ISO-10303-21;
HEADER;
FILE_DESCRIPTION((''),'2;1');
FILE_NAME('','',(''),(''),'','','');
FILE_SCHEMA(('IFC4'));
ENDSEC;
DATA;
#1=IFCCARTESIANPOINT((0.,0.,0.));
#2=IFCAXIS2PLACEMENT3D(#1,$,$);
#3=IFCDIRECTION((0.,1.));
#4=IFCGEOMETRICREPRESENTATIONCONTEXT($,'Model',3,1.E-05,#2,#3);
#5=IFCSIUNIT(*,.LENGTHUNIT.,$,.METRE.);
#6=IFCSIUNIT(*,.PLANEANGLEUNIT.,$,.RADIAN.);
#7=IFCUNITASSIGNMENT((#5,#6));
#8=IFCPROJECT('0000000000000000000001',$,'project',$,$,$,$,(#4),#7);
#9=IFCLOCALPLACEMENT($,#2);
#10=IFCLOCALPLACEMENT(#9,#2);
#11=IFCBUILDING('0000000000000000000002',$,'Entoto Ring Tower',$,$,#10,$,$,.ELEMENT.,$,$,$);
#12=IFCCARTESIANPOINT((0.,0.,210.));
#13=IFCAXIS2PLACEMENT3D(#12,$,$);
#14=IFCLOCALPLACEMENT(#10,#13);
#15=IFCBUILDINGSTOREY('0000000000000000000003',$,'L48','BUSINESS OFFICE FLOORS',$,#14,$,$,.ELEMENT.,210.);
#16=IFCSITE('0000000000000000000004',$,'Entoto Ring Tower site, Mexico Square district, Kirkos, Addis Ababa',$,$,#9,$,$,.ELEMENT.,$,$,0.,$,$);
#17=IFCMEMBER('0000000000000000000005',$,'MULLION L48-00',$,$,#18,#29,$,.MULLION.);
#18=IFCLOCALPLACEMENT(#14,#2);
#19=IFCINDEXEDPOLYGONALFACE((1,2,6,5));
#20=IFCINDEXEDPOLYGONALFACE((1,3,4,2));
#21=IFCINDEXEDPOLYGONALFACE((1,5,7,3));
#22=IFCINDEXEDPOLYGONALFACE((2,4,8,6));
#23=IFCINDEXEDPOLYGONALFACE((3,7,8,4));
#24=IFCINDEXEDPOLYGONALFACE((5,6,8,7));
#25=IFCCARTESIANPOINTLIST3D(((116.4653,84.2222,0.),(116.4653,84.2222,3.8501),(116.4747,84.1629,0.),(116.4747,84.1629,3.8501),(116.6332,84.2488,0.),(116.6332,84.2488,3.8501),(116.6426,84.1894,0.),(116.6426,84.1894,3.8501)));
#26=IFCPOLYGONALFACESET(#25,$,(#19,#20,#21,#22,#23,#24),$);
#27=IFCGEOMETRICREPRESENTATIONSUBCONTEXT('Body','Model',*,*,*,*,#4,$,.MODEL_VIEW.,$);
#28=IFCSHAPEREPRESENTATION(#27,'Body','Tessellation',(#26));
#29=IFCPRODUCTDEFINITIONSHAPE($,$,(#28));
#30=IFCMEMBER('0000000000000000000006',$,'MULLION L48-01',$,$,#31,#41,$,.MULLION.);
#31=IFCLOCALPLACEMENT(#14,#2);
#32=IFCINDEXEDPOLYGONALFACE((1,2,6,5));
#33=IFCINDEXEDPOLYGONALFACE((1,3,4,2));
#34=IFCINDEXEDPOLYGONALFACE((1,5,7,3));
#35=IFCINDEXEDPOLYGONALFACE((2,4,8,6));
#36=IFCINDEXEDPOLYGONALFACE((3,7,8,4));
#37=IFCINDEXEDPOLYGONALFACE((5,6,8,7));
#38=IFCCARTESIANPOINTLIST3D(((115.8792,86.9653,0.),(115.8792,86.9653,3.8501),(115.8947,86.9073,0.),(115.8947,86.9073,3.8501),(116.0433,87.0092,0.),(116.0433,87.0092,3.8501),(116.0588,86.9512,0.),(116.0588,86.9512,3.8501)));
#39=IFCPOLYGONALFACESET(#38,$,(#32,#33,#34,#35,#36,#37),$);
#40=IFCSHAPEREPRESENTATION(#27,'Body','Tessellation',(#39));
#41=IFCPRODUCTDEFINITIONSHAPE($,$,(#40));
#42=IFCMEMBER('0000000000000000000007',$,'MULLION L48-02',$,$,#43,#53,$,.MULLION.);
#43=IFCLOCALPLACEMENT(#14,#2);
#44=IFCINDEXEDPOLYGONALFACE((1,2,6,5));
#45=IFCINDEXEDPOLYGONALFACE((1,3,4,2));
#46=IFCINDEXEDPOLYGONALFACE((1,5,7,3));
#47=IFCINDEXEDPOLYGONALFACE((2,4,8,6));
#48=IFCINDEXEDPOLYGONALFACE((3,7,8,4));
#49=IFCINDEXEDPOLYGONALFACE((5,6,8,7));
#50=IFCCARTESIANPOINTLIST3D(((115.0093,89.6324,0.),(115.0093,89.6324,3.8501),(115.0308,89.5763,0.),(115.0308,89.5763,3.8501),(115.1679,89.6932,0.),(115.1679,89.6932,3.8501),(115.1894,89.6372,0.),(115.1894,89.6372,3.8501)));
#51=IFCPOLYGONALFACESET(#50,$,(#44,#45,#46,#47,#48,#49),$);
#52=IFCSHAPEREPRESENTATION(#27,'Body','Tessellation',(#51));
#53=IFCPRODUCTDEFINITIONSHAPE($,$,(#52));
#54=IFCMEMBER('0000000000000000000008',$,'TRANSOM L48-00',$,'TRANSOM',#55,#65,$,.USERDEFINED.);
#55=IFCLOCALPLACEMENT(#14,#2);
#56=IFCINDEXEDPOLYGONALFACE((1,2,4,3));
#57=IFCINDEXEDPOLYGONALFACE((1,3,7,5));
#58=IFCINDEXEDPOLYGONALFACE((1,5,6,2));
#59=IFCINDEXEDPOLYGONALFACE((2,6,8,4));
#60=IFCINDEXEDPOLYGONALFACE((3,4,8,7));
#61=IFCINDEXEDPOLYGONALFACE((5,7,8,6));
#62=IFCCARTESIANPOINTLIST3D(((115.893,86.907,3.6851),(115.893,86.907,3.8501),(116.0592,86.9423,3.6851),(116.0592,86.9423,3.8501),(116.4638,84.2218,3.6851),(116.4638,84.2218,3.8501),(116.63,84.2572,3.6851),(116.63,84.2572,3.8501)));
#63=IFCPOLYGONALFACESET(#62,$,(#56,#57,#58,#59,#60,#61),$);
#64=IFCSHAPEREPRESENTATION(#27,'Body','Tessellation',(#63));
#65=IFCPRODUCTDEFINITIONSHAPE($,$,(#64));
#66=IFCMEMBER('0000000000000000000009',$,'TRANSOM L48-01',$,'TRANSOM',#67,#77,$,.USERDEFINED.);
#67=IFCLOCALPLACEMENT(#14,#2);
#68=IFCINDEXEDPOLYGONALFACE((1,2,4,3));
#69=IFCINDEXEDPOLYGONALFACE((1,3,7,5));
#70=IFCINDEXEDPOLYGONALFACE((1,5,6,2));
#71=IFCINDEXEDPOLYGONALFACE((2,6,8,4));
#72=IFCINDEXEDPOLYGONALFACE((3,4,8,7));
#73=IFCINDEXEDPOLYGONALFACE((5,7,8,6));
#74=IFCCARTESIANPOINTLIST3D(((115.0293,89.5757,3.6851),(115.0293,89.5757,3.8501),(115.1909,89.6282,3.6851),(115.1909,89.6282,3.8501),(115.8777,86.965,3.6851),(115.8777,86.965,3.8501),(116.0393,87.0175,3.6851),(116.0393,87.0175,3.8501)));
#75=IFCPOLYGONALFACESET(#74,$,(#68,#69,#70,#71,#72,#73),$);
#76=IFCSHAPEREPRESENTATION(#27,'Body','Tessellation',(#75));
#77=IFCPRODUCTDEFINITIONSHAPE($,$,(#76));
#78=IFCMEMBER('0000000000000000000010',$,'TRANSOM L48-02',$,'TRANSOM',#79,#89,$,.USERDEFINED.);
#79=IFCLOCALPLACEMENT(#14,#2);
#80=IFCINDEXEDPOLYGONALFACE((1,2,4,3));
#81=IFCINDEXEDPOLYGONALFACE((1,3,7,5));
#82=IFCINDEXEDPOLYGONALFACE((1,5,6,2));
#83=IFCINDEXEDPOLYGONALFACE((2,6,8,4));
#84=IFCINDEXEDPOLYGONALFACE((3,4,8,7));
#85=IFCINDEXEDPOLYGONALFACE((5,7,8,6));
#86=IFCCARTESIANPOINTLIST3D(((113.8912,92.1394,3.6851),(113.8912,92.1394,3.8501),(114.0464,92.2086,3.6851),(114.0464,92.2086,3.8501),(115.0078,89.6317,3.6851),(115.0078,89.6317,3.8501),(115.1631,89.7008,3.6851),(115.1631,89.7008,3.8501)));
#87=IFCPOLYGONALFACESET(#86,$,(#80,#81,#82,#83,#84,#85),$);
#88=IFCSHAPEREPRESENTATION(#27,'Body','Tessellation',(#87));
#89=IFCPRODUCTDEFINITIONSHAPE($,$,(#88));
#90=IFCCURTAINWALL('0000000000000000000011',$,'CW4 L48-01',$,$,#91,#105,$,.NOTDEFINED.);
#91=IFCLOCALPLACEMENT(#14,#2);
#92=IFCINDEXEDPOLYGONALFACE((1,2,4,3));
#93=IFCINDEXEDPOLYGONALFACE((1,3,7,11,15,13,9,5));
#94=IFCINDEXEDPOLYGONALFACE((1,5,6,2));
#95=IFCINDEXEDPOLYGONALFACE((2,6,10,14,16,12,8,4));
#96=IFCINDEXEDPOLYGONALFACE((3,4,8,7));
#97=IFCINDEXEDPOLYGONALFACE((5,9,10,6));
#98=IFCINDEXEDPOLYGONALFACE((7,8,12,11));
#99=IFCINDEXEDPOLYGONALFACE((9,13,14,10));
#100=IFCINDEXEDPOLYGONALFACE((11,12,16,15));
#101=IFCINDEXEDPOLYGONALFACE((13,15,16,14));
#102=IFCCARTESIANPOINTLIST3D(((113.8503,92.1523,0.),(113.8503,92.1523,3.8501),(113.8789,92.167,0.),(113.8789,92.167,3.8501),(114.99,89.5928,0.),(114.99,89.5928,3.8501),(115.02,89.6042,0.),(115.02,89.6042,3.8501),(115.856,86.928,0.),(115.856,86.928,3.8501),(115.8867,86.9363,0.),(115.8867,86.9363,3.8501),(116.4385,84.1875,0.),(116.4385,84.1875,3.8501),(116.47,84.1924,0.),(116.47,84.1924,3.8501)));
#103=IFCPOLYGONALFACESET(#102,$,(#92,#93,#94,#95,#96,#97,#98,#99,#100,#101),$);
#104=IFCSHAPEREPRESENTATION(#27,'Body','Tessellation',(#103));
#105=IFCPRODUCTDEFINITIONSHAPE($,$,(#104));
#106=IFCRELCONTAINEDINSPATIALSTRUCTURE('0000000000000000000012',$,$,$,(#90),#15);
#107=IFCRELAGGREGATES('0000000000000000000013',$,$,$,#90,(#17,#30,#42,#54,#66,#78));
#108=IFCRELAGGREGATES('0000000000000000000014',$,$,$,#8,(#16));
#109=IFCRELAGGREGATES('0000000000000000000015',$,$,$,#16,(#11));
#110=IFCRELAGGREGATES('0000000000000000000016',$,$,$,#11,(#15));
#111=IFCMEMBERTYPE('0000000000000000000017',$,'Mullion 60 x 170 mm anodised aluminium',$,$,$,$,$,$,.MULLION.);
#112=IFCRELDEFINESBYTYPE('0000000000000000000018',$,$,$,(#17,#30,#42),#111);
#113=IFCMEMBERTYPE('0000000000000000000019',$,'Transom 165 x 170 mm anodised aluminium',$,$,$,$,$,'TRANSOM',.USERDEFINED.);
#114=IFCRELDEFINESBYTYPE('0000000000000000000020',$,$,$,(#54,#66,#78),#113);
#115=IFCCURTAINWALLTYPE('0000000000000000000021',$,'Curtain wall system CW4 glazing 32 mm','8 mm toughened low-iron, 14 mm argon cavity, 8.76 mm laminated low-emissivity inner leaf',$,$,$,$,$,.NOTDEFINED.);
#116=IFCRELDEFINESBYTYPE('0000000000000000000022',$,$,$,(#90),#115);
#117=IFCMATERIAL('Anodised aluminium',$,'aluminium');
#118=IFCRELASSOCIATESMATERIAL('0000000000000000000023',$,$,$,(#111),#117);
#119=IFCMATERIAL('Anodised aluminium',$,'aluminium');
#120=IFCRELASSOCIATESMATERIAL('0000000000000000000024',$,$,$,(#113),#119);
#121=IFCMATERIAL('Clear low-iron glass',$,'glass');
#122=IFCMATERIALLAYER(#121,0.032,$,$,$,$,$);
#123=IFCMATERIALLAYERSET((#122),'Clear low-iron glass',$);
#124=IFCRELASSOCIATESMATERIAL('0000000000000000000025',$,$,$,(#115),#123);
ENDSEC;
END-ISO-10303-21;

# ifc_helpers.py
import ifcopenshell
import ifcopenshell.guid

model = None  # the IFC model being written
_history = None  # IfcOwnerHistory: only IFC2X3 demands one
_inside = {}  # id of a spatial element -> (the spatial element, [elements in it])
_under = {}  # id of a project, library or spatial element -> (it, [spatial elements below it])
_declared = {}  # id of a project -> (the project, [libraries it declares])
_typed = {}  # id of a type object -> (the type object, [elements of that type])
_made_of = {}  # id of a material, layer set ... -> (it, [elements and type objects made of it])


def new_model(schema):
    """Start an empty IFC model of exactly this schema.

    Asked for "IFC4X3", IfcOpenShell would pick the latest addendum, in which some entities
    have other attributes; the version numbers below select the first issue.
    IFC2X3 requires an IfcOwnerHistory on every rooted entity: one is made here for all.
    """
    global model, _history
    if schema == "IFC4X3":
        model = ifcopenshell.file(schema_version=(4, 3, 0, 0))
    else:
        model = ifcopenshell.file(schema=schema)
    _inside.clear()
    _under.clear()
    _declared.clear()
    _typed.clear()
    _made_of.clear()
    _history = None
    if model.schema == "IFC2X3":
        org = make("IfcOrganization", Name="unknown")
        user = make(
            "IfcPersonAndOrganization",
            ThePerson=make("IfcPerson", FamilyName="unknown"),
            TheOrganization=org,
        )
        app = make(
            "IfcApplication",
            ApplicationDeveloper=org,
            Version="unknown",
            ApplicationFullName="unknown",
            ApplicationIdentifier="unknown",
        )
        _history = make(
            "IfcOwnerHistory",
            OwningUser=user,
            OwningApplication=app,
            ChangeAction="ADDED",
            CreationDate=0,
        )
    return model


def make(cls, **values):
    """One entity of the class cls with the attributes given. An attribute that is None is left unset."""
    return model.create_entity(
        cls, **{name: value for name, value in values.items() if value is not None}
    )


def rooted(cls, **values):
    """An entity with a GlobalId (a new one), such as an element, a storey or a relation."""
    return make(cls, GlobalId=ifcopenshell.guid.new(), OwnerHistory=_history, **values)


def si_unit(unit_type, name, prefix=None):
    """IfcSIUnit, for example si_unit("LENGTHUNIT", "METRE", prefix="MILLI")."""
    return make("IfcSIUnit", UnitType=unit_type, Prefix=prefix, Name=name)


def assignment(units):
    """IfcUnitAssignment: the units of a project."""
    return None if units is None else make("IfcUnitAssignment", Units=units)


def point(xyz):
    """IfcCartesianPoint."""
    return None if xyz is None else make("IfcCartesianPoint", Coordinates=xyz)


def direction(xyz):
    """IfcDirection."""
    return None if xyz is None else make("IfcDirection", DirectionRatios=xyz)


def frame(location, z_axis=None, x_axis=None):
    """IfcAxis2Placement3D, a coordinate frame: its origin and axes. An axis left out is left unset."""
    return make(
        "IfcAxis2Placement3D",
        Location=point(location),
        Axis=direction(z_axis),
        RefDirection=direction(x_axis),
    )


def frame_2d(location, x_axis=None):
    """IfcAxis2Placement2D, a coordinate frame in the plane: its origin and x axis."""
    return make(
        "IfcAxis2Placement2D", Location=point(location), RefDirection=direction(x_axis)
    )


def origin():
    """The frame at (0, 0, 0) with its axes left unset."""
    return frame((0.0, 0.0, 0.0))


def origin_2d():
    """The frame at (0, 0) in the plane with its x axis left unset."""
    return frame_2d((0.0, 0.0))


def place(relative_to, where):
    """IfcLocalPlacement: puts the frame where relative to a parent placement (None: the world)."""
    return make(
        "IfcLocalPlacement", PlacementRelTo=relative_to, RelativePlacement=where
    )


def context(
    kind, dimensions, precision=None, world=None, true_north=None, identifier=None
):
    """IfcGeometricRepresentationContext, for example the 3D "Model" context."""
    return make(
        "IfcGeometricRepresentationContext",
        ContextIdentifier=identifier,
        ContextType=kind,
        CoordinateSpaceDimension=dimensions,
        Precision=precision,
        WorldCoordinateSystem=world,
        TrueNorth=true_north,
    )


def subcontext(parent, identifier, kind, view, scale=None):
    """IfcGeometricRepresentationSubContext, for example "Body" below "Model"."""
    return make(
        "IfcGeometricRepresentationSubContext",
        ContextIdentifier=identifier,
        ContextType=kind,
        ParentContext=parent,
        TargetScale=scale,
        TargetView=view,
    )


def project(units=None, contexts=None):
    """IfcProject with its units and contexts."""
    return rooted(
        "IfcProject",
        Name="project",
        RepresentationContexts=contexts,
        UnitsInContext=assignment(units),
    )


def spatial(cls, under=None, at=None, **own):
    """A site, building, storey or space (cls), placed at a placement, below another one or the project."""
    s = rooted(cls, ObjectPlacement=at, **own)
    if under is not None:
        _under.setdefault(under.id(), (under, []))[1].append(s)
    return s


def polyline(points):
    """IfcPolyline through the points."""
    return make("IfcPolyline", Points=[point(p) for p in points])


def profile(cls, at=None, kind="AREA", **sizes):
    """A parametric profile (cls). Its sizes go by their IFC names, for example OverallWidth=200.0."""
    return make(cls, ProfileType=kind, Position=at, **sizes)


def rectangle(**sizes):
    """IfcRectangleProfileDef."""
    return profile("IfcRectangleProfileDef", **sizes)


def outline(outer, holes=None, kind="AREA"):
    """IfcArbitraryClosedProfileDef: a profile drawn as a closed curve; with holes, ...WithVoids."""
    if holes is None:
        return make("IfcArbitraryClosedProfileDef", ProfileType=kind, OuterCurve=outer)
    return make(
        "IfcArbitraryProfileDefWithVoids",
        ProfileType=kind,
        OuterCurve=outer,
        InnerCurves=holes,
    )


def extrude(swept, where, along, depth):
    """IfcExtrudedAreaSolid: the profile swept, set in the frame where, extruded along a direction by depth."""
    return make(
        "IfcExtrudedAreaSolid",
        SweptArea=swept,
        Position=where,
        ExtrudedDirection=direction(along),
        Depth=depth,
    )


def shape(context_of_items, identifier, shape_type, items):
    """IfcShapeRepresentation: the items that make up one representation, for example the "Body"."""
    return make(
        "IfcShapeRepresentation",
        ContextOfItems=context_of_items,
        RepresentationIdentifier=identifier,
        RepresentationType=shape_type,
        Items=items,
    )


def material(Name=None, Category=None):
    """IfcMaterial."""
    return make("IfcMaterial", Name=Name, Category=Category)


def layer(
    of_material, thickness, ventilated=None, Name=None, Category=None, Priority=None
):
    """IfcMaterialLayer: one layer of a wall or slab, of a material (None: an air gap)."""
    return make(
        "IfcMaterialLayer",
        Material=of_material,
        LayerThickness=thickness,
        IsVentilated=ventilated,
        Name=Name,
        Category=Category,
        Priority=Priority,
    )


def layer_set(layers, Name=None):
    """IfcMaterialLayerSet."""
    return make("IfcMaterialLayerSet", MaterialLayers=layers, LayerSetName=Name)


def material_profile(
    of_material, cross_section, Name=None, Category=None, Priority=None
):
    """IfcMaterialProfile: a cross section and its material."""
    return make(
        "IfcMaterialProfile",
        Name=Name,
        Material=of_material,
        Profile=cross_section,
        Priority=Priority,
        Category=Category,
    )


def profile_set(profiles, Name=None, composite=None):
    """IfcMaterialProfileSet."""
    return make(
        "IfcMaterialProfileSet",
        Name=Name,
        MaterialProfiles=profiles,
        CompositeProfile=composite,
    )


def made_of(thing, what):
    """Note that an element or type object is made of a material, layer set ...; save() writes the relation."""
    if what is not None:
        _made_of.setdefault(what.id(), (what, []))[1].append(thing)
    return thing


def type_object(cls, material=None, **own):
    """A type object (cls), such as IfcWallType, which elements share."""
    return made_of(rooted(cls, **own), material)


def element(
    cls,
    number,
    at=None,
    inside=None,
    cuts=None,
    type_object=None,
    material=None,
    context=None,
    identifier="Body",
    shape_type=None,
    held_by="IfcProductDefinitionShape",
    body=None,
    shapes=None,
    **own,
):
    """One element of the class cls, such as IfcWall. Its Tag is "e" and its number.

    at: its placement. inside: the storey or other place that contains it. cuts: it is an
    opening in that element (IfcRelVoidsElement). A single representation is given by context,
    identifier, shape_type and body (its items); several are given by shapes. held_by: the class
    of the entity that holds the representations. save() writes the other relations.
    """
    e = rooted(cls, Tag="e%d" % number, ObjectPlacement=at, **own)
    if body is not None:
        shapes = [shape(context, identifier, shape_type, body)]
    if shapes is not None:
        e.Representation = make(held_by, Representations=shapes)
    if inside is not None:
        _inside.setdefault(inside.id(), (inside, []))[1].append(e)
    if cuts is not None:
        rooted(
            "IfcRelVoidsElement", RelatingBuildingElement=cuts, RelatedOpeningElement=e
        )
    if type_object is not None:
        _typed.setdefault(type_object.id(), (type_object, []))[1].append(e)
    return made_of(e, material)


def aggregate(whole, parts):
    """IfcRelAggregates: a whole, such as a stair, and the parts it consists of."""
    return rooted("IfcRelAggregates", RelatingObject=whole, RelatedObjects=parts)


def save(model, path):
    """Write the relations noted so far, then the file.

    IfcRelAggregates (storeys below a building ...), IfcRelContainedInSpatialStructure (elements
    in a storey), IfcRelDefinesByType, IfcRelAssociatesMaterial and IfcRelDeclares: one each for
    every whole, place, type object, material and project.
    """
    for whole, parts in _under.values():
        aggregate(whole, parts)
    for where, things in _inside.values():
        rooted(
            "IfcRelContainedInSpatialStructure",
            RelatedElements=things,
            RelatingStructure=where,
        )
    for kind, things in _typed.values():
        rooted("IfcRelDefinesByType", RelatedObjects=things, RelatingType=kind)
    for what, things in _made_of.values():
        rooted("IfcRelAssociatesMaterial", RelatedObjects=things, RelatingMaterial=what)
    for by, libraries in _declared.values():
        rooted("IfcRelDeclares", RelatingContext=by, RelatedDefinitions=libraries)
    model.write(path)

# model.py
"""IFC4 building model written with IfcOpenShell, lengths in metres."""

from ifc_helpers import new_model, si_unit, direction, frame, origin, origin_2d, place, context, subcontext, project, spatial, polyline, rectangle, outline, extrude, material, layer, layer_set, material_profile, profile_set, type_object, element, aggregate, save


model = new_model("IFC4")

# Units and contexts
model_context = context("Model", 3, precision=1e-05, world=origin(), true_north=direction((0.0, 1.0)))
body_context = subcontext(model_context, "Body", "Model", "MODEL_VIEW")
ifc_project = project(units=[si_unit("LENGTHUNIT", "METRE"), si_unit("PLANEANGLEUNIT", "RADIAN")], contexts=[model_context])

# Members
ifc_material_1 = material(Name="Anodised aluminium", Category="aluminium")
ifc_material_profile_1 = material_profile(ifc_material_1, rectangle(XDim=0.0601, YDim=0.1699, at=origin_2d()), Name="Mullion 60 x 170 mm anodised aluminium")
ifc_profile_set_1 = profile_set([ifc_material_profile_1], Name="Anodised aluminium")
member_type_1 = type_object("IfcMemberType", Name="Mullion 60 x 170 mm anodised aluminium", PredefinedType="MULLION", material=ifc_profile_set_1)
site_placement = place(None, origin())
building_placement = place(site_placement, origin())
storey_placement = place(building_placement, frame((0.0, 0.0, 210.0)))
member_1_placement = place(storey_placement, frame((116.554, 84.2058, 0.0), z_axis=(0.0, 0.0, 1.0), x_axis=(-0.156434, 0.987688, 0.0)))
member_1 = element("IfcMember", 1, at=member_1_placement, type_object=member_type_1, Name="MULLION L48-00", PredefinedType="MULLION", context=body_context, shape_type="SweptSolid", body=[
    extrude(rectangle(XDim=0.0601, YDim=0.1699, at=origin_2d()), origin(), (0.0, 0.0, 1.0), 3.8501),
])
member_2_placement = place(storey_placement, frame((115.969, 86.9583, 0.0), z_axis=(0.0, 0.0, 1.0), x_axis=(-0.258819, 0.965926, 0.0)))
member_2 = element("IfcMember", 2, at=member_2_placement, type_object=member_type_1, Name="MULLION L48-01", PredefinedType="MULLION", context=body_context, shape_type="SweptSolid", body=[
    extrude(rectangle(XDim=0.0601, YDim=0.1699, at=origin_2d()), origin(), (0.0, 0.0, 1.0), 3.8501),
])
member_3_placement = place(storey_placement, frame((115.0994, 89.6348, 0.0), z_axis=(0.0, 0.0, 1.0), x_axis=(-0.358368, 0.93358, 0.0)))
member_3 = element("IfcMember", 3, at=member_3_placement, type_object=member_type_1, Name="MULLION L48-02", PredefinedType="MULLION", context=body_context, shape_type="SweptSolid", body=[
    extrude(rectangle(XDim=0.0601, YDim=0.1699, at=origin_2d()), origin(), (0.0, 0.0, 1.0), 3.8501),
])
ifc_material_2 = material(Name="Anodised aluminium", Category="aluminium")
ifc_material_profile_2 = material_profile(ifc_material_2, rectangle(XDim=0.1699, YDim=0.165, at=origin_2d()), Name="Transom 165 x 170 mm anodised aluminium")
ifc_profile_set_2 = profile_set([ifc_material_profile_2], Name="Anodised aluminium")
member_type_2 = type_object("IfcMemberType", Name="Transom 165 x 170 mm anodised aluminium", ElementType="TRANSOM", PredefinedType="USERDEFINED", material=ifc_profile_set_2)
member_4_placement = place(storey_placement, frame((116.5469, 84.2395, 3.7676), z_axis=(-0.207937, 0.978142, 0.0), x_axis=(-0.978142, -0.207937, 0.0)))
member_4 = element("IfcMember", 4, at=member_4_placement, type_object=member_type_2, Name="TRANSOM L48-00", ObjectType="TRANSOM", PredefinedType="USERDEFINED", context=body_context, shape_type="SweptSolid", body=[
    extrude(rectangle(XDim=0.1699, YDim=0.165, at=origin_2d()), origin(), (0.0, 0.0, 1.0), 2.7451),
])
member_5_placement = place(storey_placement, frame((115.9585, 86.9912, 3.7676), z_axis=(-0.309042, 0.951048, 0.0), x_axis=(-0.951048, -0.309042, 0.0)))
member_5 = element("IfcMember", 5, at=member_5_placement, type_object=member_type_2, Name="TRANSOM L48-01", ObjectType="TRANSOM", PredefinedType="USERDEFINED", context=body_context, shape_type="SweptSolid", body=[
    extrude(rectangle(XDim=0.1699, YDim=0.165, at=origin_2d()), origin(), (0.0, 0.0, 1.0), 2.7451),
])
member_6_placement = place(storey_placement, frame((115.0854, 89.6663, 3.7676), z_axis=(-0.406782, 0.913525, 0.0), x_axis=(-0.913525, -0.406782, 0.0)))
member_6 = element("IfcMember", 6, at=member_6_placement, type_object=member_type_2, Name="TRANSOM L48-02", ObjectType="TRANSOM", PredefinedType="USERDEFINED", context=body_context, shape_type="SweptSolid", body=[
    extrude(rectangle(XDim=0.1699, YDim=0.165, at=origin_2d()), origin(), (0.0, 0.0, 1.0), 2.7451),
])

# Site, building, storey
site = spatial("IfcSite", under=ifc_project, at=site_placement, Name="Entoto Ring Tower site, Mexico Square district, Kirkos, Addis Ababa", CompositionType="ELEMENT", RefElevation=0.0)
building = spatial("IfcBuilding", under=site, at=building_placement, Name="Entoto Ring Tower", CompositionType="ELEMENT")
storey = spatial("IfcBuildingStorey", under=building, at=storey_placement, Name="L48", Description="BUSINESS OFFICE FLOORS", CompositionType="ELEMENT", Elevation=210.0)

# Curtain wall
ifc_material_3 = material(Name="Clear low-iron glass", Category="glass")
ifc_layer_1 = layer(ifc_material_3, 0.032)
ifc_layer_set_1 = layer_set([ifc_layer_1], Name="Clear low-iron glass")
curtain_wall_type = type_object("IfcCurtainWallType", Name="Curtain wall system CW4 glazing 32 mm", Description="8 mm toughened low-iron, 14 mm argon cavity, 8.76 mm laminated low-emissivity inner leaf", PredefinedType="NOTDEFINED", material=ifc_layer_set_1)
curtain_wall_1_placement = place(storey_placement, origin())
curtain_wall_1 = element("IfcCurtainWall", 7, at=curtain_wall_1_placement, inside=storey, type_object=curtain_wall_type, Name="CW4 L48-01", PredefinedType="NOTDEFINED", context=body_context, shape_type="SweptSolid", body=[
    extrude(outline(polyline([(116.47, 84.1924), (115.8867, 86.9363), (115.02, 89.6042), (113.8789, 92.167), (113.8503, 92.1523), (114.99, 89.5928), (115.856, 86.928), (116.4385, 84.1875), (116.47, 84.1924)])), origin(), (0.0, 0.0, 1.0), 3.8501),
])
aggregate(curtain_wall_1, [member_1, member_2, member_3, member_4, member_5, member_6])

save(model, "model.ifc")
